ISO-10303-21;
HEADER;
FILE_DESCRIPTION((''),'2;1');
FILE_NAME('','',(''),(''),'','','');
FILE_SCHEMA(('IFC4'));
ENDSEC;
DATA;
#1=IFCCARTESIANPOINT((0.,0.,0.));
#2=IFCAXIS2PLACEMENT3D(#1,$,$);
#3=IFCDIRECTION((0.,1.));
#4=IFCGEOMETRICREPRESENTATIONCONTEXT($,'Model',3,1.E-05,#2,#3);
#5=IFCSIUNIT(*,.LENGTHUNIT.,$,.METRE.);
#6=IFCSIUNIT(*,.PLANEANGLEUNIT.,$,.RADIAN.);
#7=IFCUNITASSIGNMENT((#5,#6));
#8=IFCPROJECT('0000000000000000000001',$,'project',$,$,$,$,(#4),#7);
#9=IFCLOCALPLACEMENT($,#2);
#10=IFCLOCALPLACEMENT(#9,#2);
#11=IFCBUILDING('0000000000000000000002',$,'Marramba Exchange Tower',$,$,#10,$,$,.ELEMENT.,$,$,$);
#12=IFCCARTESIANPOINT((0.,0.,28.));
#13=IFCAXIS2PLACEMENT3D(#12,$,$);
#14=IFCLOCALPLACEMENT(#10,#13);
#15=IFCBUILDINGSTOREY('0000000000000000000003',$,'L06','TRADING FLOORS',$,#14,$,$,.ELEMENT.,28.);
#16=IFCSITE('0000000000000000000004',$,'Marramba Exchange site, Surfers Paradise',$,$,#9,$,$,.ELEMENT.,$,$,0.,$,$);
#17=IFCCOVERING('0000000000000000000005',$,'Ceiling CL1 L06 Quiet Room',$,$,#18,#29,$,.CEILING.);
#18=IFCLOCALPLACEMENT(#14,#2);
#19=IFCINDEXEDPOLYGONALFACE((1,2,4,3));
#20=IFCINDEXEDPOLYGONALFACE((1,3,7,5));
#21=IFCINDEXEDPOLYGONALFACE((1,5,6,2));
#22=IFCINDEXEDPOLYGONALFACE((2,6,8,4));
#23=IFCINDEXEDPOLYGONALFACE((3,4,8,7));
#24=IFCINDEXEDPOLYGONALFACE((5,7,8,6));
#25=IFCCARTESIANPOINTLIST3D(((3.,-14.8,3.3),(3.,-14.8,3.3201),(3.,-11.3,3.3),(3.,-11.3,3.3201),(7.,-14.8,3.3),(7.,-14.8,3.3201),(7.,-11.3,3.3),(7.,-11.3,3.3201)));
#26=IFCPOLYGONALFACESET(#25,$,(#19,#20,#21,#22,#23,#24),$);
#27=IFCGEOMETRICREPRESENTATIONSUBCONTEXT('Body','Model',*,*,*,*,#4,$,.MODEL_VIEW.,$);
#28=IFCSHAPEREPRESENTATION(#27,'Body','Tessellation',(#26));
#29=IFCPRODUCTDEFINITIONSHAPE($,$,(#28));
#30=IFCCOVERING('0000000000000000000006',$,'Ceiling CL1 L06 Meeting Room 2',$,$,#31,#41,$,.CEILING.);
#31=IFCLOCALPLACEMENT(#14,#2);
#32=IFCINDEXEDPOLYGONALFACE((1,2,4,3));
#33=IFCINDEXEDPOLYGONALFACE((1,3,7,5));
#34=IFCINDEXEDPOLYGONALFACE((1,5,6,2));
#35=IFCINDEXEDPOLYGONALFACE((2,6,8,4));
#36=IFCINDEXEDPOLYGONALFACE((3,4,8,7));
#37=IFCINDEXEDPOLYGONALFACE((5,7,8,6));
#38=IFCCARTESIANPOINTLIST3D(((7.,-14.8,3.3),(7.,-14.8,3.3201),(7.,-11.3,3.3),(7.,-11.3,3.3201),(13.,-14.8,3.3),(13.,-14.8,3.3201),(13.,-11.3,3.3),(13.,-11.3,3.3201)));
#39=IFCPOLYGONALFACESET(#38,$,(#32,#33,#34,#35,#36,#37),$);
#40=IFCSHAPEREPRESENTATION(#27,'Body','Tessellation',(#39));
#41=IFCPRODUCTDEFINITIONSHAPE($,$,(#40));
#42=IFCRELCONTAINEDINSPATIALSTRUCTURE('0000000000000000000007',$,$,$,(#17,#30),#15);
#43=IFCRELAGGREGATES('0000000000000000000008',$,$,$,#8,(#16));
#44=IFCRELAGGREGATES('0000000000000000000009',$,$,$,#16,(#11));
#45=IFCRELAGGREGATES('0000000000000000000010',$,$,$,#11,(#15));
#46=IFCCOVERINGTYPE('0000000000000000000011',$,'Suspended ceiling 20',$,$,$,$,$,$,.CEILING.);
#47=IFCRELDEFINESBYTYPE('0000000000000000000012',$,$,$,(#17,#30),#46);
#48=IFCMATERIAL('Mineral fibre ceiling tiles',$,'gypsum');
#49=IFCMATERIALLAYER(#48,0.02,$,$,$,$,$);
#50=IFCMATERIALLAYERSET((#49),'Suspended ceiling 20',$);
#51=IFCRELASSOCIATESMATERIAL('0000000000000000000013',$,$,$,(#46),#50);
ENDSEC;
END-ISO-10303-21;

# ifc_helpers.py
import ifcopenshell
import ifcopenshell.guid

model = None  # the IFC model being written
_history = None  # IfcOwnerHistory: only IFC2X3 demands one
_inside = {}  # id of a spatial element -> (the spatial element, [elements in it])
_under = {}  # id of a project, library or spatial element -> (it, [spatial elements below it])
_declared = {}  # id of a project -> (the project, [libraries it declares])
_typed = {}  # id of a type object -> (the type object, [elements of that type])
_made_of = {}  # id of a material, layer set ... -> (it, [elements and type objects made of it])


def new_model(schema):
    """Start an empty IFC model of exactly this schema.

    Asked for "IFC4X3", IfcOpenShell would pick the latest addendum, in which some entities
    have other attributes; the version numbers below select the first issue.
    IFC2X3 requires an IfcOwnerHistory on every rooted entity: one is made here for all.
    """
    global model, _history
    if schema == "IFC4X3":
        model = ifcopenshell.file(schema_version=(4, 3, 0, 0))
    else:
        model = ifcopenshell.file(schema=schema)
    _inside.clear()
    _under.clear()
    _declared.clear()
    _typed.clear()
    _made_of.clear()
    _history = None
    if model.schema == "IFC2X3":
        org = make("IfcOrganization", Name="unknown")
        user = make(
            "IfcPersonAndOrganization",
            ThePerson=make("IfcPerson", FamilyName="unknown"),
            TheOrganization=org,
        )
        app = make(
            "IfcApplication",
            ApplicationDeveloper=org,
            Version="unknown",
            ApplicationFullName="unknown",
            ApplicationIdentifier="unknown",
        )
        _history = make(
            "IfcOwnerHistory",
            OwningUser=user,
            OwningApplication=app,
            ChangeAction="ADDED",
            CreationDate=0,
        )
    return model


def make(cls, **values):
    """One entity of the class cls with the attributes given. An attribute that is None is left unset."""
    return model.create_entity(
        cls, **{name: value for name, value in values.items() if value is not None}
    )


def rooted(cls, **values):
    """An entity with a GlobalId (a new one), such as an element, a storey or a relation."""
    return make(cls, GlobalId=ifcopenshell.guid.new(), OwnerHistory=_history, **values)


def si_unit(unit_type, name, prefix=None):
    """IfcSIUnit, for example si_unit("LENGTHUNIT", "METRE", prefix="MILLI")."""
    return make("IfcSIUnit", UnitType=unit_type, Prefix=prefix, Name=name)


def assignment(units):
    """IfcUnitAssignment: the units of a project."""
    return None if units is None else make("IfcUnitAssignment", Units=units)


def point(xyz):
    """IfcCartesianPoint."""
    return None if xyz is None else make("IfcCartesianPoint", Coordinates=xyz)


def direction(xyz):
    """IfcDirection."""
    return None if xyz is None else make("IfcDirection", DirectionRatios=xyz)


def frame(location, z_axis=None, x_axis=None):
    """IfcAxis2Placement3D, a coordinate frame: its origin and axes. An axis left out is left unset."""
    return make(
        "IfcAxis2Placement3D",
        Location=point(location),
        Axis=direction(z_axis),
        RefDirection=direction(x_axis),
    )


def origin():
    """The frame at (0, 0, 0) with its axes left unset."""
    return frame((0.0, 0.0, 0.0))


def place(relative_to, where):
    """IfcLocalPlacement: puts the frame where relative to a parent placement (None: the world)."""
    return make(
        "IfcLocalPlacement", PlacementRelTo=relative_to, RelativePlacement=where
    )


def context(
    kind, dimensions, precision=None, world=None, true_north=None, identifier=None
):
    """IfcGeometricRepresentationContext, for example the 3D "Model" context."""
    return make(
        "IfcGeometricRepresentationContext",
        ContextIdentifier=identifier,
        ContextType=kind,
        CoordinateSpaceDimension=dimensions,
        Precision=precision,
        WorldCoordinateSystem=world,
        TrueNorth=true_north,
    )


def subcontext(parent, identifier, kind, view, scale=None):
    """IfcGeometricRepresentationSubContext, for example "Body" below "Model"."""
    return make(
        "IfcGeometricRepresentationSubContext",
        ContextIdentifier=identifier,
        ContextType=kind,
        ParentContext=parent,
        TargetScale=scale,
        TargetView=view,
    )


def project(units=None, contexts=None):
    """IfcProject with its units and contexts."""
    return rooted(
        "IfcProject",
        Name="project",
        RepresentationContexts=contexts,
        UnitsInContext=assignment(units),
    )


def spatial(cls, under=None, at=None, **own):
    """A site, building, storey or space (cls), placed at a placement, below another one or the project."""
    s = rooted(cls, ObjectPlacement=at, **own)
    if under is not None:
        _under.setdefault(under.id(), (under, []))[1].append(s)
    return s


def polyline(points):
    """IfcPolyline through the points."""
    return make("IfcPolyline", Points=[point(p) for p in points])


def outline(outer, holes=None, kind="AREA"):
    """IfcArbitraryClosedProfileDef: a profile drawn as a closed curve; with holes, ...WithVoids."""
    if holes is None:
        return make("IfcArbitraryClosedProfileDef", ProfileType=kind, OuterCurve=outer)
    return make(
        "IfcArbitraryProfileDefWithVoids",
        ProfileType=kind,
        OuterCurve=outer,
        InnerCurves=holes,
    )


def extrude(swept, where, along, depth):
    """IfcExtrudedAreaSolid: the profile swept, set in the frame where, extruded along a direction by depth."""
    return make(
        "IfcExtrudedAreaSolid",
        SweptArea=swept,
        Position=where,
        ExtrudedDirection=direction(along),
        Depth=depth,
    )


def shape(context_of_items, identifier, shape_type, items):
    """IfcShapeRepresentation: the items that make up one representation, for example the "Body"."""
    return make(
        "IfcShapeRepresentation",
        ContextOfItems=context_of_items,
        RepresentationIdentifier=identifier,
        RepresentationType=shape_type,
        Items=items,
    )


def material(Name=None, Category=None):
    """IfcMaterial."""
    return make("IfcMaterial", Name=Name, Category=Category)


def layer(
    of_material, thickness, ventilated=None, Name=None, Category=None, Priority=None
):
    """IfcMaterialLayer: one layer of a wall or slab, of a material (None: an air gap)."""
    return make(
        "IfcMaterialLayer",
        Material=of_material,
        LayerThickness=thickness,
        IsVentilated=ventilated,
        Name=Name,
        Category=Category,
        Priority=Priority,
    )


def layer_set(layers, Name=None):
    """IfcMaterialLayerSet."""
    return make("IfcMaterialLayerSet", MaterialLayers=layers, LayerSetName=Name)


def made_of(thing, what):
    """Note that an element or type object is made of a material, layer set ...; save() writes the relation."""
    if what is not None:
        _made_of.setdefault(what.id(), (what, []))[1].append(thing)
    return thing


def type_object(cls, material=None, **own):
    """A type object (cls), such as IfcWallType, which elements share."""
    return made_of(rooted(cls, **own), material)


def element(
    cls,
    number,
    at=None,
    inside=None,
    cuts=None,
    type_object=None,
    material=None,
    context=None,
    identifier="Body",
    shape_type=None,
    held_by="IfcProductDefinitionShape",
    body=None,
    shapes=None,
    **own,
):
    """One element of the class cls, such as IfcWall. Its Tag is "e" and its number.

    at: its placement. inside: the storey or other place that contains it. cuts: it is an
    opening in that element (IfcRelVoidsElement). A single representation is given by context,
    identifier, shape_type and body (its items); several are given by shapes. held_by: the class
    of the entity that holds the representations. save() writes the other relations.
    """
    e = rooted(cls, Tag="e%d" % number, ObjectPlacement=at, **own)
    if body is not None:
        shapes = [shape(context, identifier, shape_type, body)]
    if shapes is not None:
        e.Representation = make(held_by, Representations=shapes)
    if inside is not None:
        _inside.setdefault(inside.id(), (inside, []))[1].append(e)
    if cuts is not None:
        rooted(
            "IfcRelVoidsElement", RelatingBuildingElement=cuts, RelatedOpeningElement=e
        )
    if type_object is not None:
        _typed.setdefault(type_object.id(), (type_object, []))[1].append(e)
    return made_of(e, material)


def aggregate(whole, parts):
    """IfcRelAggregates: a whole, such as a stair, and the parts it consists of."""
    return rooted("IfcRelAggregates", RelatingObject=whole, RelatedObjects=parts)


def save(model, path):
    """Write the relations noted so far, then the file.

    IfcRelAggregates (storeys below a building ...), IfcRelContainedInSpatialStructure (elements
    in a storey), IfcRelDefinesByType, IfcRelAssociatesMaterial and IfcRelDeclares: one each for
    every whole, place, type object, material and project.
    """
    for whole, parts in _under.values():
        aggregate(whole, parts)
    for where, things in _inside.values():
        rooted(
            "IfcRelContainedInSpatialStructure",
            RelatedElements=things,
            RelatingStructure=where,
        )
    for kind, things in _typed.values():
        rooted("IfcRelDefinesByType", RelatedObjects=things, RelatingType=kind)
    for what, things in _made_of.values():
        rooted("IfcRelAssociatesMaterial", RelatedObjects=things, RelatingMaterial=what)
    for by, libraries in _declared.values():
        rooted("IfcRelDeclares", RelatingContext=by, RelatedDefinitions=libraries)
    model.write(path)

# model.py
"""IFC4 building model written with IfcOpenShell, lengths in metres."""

from ifc_helpers import new_model, si_unit, direction, frame, origin, place, context, subcontext, project, spatial, polyline, outline, extrude, material, layer, layer_set, type_object, element, save


model = new_model("IFC4")

# Units and contexts
model_context = context("Model", 3, precision=1e-05, world=origin(), true_north=direction((0.0, 1.0)))
body_context = subcontext(model_context, "Body", "Model", "MODEL_VIEW")
ifc_project = project(units=[si_unit("LENGTHUNIT", "METRE"), si_unit("PLANEANGLEUNIT", "RADIAN")], contexts=[model_context])

# Site, building, storey
site_placement = place(None, origin())
site = spatial("IfcSite", under=ifc_project, at=site_placement, Name="Marramba Exchange site, Surfers Paradise", CompositionType="ELEMENT", RefElevation=0.0)
building_placement = place(site_placement, origin())
building = spatial("IfcBuilding", under=site, at=building_placement, Name="Marramba Exchange Tower", CompositionType="ELEMENT")
storey_placement = place(building_placement, frame((0.0, 0.0, 28.0)))
storey = spatial("IfcBuildingStorey", under=building, at=storey_placement, Name="L06", Description="TRADING FLOORS", CompositionType="ELEMENT", Elevation=28.0)

# Coverings
ifc_material_1 = material(Name="Mineral fibre ceiling tiles", Category="gypsum")
ifc_layer_1 = layer(ifc_material_1, 0.02)
ifc_layer_set_1 = layer_set([ifc_layer_1], Name="Suspended ceiling 20")
covering_type_1 = type_object("IfcCoveringType", Name="Suspended ceiling 20", PredefinedType="CEILING", material=ifc_layer_set_1)
covering_1_placement = place(storey_placement, frame((0.0, 0.0, 3.3)))
element("IfcCovering", 1, at=covering_1_placement, inside=storey, type_object=covering_type_1, Name="Ceiling CL1 L06 Quiet Room", PredefinedType="CEILING", context=body_context, shape_type="SweptSolid", body=[
    extrude(outline(polyline([(7.0, -11.3), (7.0, -14.8), (3.0, -14.8), (3.0, -11.3), (7.0, -11.3)])), origin(), (0.0, 0.0, 1.0), 0.02),
])
covering_2_placement = place(storey_placement, frame((0.0, 0.0, 3.3)))
element("IfcCovering", 2, at=covering_2_placement, inside=storey, type_object=covering_type_1, Name="Ceiling CL1 L06 Meeting Room 2", PredefinedType="CEILING", context=body_context, shape_type="SweptSolid", body=[
    extrude(outline(polyline([(13.0, -14.8), (7.0, -14.8), (7.0, -11.3), (13.0, -11.3), (13.0, -14.8)])), origin(), (0.0, 0.0, 1.0), 0.02),
])

save(model, "model.ifc")
